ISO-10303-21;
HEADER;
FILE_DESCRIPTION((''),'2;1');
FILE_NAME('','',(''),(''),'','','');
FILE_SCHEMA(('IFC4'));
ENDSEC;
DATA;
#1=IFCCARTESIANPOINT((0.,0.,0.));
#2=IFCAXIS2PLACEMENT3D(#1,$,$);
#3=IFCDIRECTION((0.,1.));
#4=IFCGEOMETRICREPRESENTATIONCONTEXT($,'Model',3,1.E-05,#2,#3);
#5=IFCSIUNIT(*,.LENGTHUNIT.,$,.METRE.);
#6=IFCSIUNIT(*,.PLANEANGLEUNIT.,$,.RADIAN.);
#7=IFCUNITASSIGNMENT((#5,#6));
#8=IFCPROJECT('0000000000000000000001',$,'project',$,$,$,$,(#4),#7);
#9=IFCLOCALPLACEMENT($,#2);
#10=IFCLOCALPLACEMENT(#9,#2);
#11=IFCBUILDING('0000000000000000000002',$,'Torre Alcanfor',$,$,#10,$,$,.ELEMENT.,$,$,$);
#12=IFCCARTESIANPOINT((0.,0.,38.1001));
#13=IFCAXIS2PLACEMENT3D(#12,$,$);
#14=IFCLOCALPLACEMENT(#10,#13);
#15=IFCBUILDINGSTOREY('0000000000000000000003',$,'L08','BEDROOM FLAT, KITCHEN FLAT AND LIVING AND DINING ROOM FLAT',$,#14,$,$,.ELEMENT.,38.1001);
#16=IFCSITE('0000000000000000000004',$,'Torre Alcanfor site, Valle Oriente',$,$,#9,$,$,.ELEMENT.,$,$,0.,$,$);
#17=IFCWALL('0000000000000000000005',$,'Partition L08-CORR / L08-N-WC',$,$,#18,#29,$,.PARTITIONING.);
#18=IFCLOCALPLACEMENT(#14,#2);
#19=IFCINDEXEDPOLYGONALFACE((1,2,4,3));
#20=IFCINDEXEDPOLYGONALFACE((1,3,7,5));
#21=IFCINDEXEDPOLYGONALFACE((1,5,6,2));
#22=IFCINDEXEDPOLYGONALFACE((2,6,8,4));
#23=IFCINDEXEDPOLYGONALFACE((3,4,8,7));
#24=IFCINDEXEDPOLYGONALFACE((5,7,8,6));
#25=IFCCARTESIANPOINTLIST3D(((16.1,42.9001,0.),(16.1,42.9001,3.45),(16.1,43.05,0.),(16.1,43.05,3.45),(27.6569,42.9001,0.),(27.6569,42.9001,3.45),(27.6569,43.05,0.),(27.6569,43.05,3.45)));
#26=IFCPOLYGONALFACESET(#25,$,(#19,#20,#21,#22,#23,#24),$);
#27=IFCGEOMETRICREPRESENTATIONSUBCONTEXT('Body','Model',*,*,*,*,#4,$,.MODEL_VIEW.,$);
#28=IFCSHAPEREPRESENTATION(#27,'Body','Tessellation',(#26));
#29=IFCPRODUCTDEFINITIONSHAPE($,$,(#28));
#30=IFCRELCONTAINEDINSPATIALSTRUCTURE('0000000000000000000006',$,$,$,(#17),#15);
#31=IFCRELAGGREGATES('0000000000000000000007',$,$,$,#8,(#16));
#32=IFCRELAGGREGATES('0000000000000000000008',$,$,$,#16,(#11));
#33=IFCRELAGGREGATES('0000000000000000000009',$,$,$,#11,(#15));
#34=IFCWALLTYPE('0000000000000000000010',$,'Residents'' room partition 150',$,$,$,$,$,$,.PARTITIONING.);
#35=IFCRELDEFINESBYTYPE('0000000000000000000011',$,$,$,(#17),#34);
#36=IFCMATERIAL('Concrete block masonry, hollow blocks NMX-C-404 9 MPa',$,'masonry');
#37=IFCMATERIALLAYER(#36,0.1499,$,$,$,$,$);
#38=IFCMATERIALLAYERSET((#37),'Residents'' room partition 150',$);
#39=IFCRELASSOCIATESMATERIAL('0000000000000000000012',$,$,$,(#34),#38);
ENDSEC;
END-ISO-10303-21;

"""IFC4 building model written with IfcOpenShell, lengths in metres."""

from ifc_helpers import new_model, si_unit, direction, frame, frame_2d, origin, place, context, subcontext, project, spatial, rectangle, extrude, material, layer, layer_set, type_object, element, save


model = new_model("IFC4")

# Units and contexts
model_context = context("Model", 3, precision=1e-05, world=origin(), true_north=direction((0.0, 1.0)))
body_context = subcontext(model_context, "Body", "Model", "MODEL_VIEW")
ifc_project = project(units=[si_unit("LENGTHUNIT", "METRE"), si_unit("PLANEANGLEUNIT", "RADIAN")], contexts=[model_context])

# Site, building, storey
site_placement = place(None, origin())
site = spatial("IfcSite", under=ifc_project, at=site_placement, Name="Torre Alcanfor site, Valle Oriente", CompositionType="ELEMENT", RefElevation=0.0)
building_placement = place(site_placement, origin())
building = spatial("IfcBuilding", under=site, at=building_placement, Name="Torre Alcanfor", CompositionType="ELEMENT")
storey_placement = place(building_placement, frame((0.0, 0.0, 38.1001)))
storey = spatial("IfcBuildingStorey", under=building, at=storey_placement, Name="L08", Description="BEDROOM FLAT, KITCHEN FLAT AND LIVING AND DINING ROOM FLAT", CompositionType="ELEMENT", Elevation=38.1001)

# Wall
ifc_material_1 = material(Name="Concrete block masonry, hollow blocks NMX-C-404 9 MPa", Category="masonry")
ifc_layer_1 = layer(ifc_material_1, 0.1499)
ifc_layer_set_1 = layer_set([ifc_layer_1], Name="Residents' room partition 150")
wall_type_1 = type_object("IfcWallType", Name="Residents' room partition 150", PredefinedType="PARTITIONING", material=ifc_layer_set_1)
wall_1_placement = place(storey_placement, frame((16.1001, 42.9751, 0.0), z_axis=(0.0, 0.0, 1.0), x_axis=(1.0, 0.0, 0.0)))
element("IfcWall", 1, at=wall_1_placement, inside=storey, type_object=wall_type_1, Name="Partition L08-CORR / L08-N-WC", PredefinedType="PARTITIONING", context=body_context, shape_type="SweptSolid", body=[
    extrude(rectangle(XDim=11.5569, YDim=0.1499, at=frame_2d((5.7783, 0.0))), origin(), (0.0, 0.0, 1.0), 3.45),
])

save(model, "model.ifc")
